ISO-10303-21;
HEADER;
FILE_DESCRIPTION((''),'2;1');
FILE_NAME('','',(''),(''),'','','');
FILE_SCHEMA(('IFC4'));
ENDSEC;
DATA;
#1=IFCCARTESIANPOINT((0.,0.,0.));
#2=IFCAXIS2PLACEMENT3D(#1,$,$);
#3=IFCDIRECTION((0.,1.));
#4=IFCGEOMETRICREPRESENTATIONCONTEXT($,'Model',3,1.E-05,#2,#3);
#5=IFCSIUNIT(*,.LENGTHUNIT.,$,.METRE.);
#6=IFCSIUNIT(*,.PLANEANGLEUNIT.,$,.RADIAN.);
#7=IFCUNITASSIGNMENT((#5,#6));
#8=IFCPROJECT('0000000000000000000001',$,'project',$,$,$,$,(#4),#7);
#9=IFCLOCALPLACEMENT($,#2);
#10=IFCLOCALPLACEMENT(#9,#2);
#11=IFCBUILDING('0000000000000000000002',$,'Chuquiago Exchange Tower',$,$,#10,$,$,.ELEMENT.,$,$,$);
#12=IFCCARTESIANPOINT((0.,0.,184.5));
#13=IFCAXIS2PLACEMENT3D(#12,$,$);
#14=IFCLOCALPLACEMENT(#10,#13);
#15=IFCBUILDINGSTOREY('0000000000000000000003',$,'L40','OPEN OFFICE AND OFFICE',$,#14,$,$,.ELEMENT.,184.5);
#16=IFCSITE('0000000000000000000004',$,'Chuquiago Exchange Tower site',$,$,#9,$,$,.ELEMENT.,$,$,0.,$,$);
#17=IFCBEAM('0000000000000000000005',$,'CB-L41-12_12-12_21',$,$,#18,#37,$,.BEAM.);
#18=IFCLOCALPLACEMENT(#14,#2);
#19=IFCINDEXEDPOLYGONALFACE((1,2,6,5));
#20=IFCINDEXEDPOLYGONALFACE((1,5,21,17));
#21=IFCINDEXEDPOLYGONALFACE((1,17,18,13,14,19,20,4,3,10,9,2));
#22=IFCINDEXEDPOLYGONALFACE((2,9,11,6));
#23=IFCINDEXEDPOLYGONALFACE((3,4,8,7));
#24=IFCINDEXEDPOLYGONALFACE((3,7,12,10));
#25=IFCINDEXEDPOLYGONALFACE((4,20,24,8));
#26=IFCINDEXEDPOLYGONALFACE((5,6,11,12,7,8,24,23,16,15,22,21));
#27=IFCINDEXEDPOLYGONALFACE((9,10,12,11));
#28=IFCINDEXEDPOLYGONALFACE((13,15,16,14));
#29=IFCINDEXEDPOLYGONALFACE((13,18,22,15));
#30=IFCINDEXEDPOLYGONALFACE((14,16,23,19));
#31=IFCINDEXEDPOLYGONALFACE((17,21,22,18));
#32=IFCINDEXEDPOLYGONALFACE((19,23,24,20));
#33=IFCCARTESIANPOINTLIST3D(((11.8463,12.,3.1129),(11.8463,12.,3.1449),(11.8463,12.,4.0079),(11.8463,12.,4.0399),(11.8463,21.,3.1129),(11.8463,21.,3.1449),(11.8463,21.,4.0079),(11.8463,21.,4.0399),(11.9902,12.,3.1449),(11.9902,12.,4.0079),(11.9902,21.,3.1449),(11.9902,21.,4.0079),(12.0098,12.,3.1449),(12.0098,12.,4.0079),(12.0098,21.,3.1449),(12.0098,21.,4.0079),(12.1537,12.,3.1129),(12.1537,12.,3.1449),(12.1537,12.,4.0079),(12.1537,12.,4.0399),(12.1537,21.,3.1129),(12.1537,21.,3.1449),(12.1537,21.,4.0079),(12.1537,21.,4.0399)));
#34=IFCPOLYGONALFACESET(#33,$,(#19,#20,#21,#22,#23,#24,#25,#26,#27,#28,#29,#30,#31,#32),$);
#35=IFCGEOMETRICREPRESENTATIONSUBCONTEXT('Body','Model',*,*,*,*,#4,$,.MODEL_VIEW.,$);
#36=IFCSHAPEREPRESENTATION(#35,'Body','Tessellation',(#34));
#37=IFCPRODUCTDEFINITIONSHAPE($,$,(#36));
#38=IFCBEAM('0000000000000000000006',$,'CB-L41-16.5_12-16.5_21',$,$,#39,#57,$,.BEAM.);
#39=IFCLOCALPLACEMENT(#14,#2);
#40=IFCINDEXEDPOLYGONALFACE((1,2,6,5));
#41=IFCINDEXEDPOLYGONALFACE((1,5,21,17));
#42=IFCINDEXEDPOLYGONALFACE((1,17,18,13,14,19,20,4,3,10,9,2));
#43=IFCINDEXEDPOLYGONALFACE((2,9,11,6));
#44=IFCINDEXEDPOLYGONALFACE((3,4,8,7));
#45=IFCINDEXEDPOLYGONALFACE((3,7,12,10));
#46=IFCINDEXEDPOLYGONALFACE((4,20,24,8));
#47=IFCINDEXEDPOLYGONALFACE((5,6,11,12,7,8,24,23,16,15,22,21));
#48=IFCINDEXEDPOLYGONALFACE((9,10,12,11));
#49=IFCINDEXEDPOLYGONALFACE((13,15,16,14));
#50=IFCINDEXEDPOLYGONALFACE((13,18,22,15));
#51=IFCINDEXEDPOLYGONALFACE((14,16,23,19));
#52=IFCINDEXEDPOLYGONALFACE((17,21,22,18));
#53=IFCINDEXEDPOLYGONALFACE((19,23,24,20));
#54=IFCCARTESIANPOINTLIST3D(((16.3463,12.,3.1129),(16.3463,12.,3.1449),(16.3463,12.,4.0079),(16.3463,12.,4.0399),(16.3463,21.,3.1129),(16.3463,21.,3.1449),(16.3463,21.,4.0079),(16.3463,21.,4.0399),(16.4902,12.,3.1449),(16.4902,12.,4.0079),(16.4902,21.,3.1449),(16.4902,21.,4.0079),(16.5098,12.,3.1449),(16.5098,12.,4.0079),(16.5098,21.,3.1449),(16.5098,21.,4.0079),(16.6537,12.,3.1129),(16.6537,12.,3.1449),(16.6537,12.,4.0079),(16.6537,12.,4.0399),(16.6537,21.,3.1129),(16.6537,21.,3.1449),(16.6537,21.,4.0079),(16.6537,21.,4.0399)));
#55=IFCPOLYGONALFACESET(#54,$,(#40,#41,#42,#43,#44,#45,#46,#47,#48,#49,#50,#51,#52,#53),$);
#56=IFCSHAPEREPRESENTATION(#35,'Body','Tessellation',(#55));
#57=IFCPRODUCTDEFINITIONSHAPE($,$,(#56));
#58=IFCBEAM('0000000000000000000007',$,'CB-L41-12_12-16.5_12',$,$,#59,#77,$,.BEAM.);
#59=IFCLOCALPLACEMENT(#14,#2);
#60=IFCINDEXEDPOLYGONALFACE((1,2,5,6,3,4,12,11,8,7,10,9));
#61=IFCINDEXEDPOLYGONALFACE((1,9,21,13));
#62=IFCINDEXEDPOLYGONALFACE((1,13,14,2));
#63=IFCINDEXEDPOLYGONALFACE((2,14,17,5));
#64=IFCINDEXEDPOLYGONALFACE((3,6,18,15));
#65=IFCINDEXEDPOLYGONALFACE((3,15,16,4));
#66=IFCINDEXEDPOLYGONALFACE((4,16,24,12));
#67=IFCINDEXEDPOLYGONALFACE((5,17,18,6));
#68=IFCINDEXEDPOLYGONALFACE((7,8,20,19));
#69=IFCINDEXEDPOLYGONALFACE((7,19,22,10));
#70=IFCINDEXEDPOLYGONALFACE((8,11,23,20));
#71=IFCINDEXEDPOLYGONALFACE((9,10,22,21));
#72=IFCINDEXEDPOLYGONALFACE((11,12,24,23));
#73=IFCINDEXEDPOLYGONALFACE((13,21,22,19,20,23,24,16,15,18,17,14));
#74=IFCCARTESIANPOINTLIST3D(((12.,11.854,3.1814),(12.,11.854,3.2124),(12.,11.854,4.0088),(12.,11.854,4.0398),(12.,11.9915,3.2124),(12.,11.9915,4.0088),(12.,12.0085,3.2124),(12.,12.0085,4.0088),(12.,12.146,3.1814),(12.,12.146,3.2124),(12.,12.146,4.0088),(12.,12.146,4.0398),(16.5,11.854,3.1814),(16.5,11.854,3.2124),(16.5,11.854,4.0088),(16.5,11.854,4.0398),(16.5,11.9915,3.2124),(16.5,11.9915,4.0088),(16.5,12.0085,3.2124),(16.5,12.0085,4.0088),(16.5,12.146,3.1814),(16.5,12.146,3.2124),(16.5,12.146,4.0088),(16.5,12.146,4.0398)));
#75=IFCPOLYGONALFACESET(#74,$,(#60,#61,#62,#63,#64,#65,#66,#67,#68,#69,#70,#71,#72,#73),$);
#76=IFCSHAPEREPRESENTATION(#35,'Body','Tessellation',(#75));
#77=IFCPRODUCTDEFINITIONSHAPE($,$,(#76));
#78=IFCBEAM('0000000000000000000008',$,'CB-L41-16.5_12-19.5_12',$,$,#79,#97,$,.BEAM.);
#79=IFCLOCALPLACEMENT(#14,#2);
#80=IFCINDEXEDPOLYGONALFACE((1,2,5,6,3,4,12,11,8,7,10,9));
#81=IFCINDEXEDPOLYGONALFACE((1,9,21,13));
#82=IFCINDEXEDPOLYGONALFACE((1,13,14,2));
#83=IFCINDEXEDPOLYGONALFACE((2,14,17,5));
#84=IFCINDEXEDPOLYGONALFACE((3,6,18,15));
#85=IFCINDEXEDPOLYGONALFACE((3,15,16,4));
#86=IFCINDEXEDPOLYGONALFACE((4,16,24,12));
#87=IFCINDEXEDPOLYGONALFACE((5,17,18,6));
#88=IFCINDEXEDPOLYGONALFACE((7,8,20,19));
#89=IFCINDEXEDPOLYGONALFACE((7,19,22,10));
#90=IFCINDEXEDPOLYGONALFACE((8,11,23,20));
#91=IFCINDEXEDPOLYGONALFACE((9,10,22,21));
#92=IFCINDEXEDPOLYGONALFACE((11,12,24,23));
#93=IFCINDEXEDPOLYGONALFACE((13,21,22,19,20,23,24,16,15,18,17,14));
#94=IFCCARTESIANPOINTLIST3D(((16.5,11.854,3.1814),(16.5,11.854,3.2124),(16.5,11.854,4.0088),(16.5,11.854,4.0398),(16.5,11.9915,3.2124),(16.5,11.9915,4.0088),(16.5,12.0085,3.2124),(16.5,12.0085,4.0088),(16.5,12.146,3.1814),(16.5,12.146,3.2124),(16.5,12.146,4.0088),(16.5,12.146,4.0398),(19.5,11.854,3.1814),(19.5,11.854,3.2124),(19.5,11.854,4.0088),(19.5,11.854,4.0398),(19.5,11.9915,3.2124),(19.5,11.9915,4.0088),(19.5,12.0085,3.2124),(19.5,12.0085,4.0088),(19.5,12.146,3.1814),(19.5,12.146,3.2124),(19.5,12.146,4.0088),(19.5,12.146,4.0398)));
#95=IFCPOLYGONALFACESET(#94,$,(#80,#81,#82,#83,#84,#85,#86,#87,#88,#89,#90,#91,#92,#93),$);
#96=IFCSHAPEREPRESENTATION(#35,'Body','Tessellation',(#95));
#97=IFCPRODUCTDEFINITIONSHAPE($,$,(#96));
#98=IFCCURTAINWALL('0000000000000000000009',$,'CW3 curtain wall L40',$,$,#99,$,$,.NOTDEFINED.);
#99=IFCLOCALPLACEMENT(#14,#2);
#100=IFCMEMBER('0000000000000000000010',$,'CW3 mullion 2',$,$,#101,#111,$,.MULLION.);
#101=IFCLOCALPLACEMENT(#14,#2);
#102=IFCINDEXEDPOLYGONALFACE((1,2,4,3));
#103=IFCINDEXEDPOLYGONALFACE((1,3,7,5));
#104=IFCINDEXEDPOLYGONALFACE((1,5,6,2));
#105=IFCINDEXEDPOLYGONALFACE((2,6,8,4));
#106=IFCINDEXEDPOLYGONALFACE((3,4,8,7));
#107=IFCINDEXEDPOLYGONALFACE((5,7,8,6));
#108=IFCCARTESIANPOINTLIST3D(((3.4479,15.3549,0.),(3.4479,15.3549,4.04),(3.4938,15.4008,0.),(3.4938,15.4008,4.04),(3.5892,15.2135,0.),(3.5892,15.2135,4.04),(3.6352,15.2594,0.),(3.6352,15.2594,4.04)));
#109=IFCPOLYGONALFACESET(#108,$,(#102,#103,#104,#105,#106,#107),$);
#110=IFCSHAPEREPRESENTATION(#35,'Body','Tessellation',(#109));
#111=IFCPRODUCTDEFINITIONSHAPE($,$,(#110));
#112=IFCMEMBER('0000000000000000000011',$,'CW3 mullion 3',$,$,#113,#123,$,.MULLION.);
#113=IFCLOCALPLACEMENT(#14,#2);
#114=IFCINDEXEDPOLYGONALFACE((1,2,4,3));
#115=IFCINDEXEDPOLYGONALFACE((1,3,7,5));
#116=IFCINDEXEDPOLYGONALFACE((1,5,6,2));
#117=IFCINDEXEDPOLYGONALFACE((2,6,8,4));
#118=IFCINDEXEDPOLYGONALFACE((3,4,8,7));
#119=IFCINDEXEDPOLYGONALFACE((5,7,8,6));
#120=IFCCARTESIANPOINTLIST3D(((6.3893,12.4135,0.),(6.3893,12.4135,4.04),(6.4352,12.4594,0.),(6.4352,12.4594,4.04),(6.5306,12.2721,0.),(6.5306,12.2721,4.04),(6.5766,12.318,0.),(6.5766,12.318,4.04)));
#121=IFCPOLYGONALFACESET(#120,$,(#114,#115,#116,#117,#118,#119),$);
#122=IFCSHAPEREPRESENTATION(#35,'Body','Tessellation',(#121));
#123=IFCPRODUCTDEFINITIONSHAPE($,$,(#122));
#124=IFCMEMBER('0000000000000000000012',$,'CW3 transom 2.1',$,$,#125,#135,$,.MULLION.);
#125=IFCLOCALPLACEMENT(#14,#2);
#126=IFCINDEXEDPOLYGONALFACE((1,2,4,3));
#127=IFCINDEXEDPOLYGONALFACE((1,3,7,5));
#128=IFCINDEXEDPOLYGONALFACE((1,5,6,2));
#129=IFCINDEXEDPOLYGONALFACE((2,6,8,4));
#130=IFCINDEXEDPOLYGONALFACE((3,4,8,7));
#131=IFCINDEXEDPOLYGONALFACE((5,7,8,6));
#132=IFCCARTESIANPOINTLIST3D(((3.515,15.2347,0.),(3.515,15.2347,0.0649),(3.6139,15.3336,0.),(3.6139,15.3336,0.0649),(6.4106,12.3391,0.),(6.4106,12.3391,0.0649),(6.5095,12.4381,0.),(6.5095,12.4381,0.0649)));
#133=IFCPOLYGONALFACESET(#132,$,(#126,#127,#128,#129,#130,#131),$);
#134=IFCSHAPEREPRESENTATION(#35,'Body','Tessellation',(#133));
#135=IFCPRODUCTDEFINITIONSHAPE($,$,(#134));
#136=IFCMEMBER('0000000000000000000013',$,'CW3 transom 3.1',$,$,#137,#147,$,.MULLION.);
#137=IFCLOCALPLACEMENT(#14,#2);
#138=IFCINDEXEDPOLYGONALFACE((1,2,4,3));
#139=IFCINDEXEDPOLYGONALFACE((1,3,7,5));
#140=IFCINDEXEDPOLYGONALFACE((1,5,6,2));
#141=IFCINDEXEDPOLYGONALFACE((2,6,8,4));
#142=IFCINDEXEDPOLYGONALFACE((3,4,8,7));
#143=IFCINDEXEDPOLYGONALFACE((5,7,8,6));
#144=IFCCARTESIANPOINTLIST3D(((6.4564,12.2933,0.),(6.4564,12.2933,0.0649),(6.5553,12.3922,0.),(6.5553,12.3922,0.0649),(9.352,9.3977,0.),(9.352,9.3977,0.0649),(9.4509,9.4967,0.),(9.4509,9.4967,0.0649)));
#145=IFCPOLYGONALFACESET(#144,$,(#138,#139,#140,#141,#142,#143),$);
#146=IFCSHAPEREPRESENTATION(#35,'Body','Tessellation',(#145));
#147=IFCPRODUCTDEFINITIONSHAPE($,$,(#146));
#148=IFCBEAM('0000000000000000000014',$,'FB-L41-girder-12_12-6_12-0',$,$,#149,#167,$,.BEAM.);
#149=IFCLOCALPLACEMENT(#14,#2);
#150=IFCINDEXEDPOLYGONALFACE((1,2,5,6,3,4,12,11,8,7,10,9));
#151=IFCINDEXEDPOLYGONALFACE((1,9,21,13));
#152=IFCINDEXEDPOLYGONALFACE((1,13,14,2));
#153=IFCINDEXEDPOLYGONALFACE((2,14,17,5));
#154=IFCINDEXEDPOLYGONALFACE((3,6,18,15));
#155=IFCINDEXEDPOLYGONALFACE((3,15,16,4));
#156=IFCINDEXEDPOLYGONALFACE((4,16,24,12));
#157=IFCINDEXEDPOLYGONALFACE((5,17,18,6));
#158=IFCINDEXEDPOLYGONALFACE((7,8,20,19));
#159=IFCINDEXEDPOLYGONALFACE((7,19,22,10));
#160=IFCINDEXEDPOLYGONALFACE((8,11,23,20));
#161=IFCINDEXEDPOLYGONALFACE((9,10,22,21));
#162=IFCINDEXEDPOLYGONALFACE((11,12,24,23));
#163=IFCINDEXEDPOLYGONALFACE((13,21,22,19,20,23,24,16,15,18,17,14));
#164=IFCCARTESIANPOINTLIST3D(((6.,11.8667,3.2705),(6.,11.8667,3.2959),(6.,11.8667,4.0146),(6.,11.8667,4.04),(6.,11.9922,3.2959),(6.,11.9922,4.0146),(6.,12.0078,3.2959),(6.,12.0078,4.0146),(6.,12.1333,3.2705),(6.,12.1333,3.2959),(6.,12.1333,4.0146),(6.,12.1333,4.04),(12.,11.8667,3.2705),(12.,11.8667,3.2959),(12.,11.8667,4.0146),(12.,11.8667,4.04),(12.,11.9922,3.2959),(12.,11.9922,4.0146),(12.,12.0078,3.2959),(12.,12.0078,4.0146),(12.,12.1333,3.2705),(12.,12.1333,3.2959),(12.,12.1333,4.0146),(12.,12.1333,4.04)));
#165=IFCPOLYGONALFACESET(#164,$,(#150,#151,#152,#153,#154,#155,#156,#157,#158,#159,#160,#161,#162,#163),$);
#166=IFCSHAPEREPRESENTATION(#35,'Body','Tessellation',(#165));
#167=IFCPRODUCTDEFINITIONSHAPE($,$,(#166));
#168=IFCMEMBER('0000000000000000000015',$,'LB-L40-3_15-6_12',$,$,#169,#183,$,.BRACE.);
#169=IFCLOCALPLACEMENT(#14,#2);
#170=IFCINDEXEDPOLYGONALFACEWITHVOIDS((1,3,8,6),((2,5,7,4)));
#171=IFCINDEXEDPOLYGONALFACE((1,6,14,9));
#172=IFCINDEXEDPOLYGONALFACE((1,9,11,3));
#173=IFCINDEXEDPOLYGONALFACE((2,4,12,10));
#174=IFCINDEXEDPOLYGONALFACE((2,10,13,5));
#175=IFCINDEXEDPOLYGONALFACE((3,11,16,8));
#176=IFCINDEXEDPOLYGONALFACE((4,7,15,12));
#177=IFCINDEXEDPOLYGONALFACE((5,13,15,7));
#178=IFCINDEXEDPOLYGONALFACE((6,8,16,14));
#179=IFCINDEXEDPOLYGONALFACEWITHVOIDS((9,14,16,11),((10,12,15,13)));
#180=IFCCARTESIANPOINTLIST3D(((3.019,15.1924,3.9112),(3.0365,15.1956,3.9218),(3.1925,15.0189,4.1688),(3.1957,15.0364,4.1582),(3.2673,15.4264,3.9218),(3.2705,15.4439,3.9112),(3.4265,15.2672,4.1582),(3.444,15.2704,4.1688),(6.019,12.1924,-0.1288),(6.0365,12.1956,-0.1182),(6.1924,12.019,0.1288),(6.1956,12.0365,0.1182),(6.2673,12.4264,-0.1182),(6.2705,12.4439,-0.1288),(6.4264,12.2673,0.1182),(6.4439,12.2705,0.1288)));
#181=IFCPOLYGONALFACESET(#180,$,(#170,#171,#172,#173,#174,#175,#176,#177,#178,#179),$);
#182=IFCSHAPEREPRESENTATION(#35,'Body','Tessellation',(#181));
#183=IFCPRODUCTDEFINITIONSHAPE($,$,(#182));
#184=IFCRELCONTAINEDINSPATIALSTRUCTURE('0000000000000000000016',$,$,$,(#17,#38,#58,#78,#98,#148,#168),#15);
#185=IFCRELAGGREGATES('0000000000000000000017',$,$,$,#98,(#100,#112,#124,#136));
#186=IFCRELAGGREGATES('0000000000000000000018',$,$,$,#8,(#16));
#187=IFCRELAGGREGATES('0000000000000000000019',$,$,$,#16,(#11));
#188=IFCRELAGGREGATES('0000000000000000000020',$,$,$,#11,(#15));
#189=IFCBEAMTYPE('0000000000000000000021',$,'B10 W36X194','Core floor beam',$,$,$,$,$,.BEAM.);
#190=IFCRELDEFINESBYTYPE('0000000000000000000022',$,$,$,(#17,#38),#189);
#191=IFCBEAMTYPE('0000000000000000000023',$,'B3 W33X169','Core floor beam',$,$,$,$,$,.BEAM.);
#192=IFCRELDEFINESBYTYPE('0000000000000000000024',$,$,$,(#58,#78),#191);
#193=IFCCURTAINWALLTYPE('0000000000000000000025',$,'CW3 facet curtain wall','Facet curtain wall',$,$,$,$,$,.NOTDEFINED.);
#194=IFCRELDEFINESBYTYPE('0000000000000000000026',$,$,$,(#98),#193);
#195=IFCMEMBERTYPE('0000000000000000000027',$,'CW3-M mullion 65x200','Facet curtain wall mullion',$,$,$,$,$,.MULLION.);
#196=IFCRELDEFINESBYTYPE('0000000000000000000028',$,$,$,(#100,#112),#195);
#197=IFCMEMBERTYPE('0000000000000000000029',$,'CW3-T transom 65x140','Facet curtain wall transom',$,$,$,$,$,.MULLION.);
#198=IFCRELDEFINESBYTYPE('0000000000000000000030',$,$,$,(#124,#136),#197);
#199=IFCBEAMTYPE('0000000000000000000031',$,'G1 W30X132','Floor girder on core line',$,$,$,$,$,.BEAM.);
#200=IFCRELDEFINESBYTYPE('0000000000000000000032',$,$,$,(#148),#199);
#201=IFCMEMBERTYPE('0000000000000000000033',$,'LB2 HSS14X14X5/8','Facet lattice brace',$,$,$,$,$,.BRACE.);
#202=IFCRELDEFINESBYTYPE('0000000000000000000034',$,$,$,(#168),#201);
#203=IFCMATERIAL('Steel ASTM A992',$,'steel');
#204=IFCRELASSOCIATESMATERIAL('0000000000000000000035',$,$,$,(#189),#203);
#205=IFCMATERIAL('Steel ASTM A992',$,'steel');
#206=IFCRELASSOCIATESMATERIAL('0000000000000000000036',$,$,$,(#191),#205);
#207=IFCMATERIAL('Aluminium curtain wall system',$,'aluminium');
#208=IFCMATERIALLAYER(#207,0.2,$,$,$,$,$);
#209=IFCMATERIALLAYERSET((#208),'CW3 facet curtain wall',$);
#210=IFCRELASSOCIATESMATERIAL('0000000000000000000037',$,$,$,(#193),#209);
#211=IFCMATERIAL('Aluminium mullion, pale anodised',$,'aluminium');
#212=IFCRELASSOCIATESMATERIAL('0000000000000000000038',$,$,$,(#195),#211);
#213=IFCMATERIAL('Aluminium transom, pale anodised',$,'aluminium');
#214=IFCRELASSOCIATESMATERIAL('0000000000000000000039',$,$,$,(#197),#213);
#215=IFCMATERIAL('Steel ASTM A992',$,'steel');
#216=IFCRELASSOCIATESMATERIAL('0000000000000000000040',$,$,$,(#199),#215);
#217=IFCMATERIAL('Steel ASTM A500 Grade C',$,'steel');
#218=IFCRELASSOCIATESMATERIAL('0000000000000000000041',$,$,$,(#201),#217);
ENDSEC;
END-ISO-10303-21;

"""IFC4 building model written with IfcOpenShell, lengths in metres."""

from ifc_helpers import new_model, si_unit, direction, frame, origin, origin_2d, place, context, subcontext, project, spatial, rectangle, hollow_rectangle, i_section, extrude, material, layer, layer_set, material_profile, profile_set, type_object, element, aggregate, save


model = new_model("IFC4")

# Units and contexts
model_context = context("Model", 3, precision=1e-05, world=origin(), true_north=direction((0.0, 1.0)))
body_context = subcontext(model_context, "Body", "Model", "MODEL_VIEW")
ifc_project = project(units=[si_unit("LENGTHUNIT", "METRE"), si_unit("PLANEANGLEUNIT", "RADIAN")], contexts=[model_context])

# Site, building, storey
site_placement = place(None, origin())
site = spatial("IfcSite", under=ifc_project, at=site_placement, Name="Chuquiago Exchange Tower site", CompositionType="ELEMENT", RefElevation=0.0)
building_placement = place(site_placement, origin())
building = spatial("IfcBuilding", under=site, at=building_placement, Name="Chuquiago Exchange Tower", CompositionType="ELEMENT")
storey_placement = place(building_placement, frame((0.0, 0.0, 184.5)))
storey = spatial("IfcBuildingStorey", under=building, at=storey_placement, Name="L40", Description="OPEN OFFICE AND OFFICE", CompositionType="ELEMENT", Elevation=184.5)

# Beams
ifc_material_1 = material(Name="Steel ASTM A992", Category="steel")
ifc_material_profile_1 = material_profile(ifc_material_1, i_section(OverallWidth=0.3074, OverallDepth=0.927, WebThickness=0.0195, FlangeThickness=0.032, at=origin_2d()), Name="W36X194")
ifc_profile_set_1 = profile_set([ifc_material_profile_1], Name="Steel ASTM A992")
beam_type_1 = type_object("IfcBeamType", Name="B10 W36X194", Description="Core floor beam", PredefinedType="BEAM", material=ifc_profile_set_1)
for number, where, z_axis, x_axis, name in (
    (1, (12.0, 12.0, 3.5764), (0.0, 1.0, 0.0), (-1.0, 0.0, 0.0), "CB-L41-12_12-12_21"),
    (2, (16.5, 12.0, 3.5764), (0.0, 1.0, 0.0), (-1.0, 0.0, 0.0), "CB-L41-16.5_12-16.5_21"),
):
    element("IfcBeam", number, at=place(storey_placement, frame(where, z_axis=z_axis, x_axis=x_axis)), inside=storey, type_object=beam_type_1, Name=name, PredefinedType="BEAM", context=body_context, shape_type="SweptSolid", body=[
        extrude(i_section(OverallWidth=0.3074, OverallDepth=0.927, WebThickness=0.0195, FlangeThickness=0.032, at=origin_2d()), origin(), (0.0, 0.0, 1.0), 9.0),
    ])
ifc_material_2 = material(Name="Steel ASTM A992", Category="steel")
ifc_material_profile_2 = material_profile(ifc_material_2, i_section(OverallWidth=0.292, OverallDepth=0.8584, WebThickness=0.0171, FlangeThickness=0.031, at=origin_2d()), Name="W33X169")
ifc_profile_set_2 = profile_set([ifc_material_profile_2], Name="Steel ASTM A992")
beam_type_2 = type_object("IfcBeamType", Name="B3 W33X169", Description="Core floor beam", PredefinedType="BEAM", material=ifc_profile_set_2)
beam_1_placement = place(storey_placement, frame((12.0, 12.0, 3.6106), z_axis=(1.0, 0.0, 0.0), x_axis=(0.0, 1.0, 0.0)))
element("IfcBeam", 3, at=beam_1_placement, inside=storey, type_object=beam_type_2, Name="CB-L41-12_12-16.5_12", PredefinedType="BEAM", context=body_context, shape_type="SweptSolid", body=[
    extrude(i_section(OverallWidth=0.292, OverallDepth=0.8584, WebThickness=0.0171, FlangeThickness=0.031, at=origin_2d()), origin(), (0.0, 0.0, 1.0), 4.5),
])
beam_2_placement = place(storey_placement, frame((16.5, 12.0, 3.6106), z_axis=(1.0, 0.0, 0.0), x_axis=(0.0, 1.0, 0.0)))
element("IfcBeam", 4, at=beam_2_placement, inside=storey, type_object=beam_type_2, Name="CB-L41-16.5_12-19.5_12", PredefinedType="BEAM", context=body_context, shape_type="SweptSolid", body=[
    extrude(i_section(OverallWidth=0.292, OverallDepth=0.8584, WebThickness=0.0171, FlangeThickness=0.031, at=origin_2d()), origin(), (0.0, 0.0, 1.0), 3.0),
])

# Curtain wall, members
ifc_material_3 = material(Name="Aluminium curtain wall system", Category="aluminium")
ifc_layer_1 = layer(ifc_material_3, 0.2)
ifc_layer_set_1 = layer_set([ifc_layer_1], Name="CW3 facet curtain wall")
curtain_wall_type = type_object("IfcCurtainWallType", Name="CW3 facet curtain wall", Description="Facet curtain wall", PredefinedType="NOTDEFINED", material=ifc_layer_set_1)
curtain_wall_placement = place(storey_placement, origin())
curtain_wall = element("IfcCurtainWall", 5, at=curtain_wall_placement, inside=storey, type_object=curtain_wall_type, Name="CW3 curtain wall L40", PredefinedType="NOTDEFINED")
ifc_material_4 = material(Name="Aluminium mullion, pale anodised", Category="aluminium")
ifc_material_profile_3 = material_profile(ifc_material_4, rectangle(XDim=0.0649, YDim=0.2, at=origin_2d()), Name="AL 65x200")
ifc_profile_set_3 = profile_set([ifc_material_profile_3], Name="Aluminium mullion, pale anodised")
member_type_1 = type_object("IfcMemberType", Name="CW3-M mullion 65x200", Description="Facet curtain wall mullion", PredefinedType="MULLION", material=ifc_profile_set_3)
member_1_placement = place(storey_placement, frame((3.5415, 15.3071, 0.0), z_axis=(0.0, 0.0, 1.0), x_axis=(0.707107, 0.707107, 0.0)))
member_1 = element("IfcMember", 6, at=member_1_placement, type_object=member_type_1, Name="CW3 mullion 2", PredefinedType="MULLION", context=body_context, shape_type="SweptSolid", body=[
    extrude(rectangle(XDim=0.0649, YDim=0.2, at=origin_2d()), origin(), (0.0, 0.0, 1.0), 4.04),
])
member_2_placement = place(storey_placement, frame((6.4829, 12.3657, 0.0), z_axis=(0.0, 0.0, 1.0), x_axis=(0.707107, 0.707107, 0.0)))
member_2 = element("IfcMember", 7, at=member_2_placement, type_object=member_type_1, Name="CW3 mullion 3", PredefinedType="MULLION", context=body_context, shape_type="SweptSolid", body=[
    extrude(rectangle(XDim=0.0649, YDim=0.2, at=origin_2d()), origin(), (0.0, 0.0, 1.0), 4.04),
])
ifc_material_5 = material(Name="Aluminium transom, pale anodised", Category="aluminium")
ifc_material_profile_4 = material_profile(ifc_material_5, rectangle(XDim=0.1399, YDim=0.0649, at=origin_2d()), Name="AL 140x65")
ifc_profile_set_4 = profile_set([ifc_material_profile_4], Name="Aluminium transom, pale anodised")
member_type_2 = type_object("IfcMemberType", Name="CW3-T transom 65x140", Description="Facet curtain wall transom", PredefinedType="MULLION", material=ifc_profile_set_4)
member_3_placement = place(storey_placement, frame((3.5645, 15.2842, 0.0325), z_axis=(0.707107, -0.707107, 0.0), x_axis=(0.707107, 0.707107, 0.0)))
member_3 = element("IfcMember", 8, at=member_3_placement, type_object=member_type_2, Name="CW3 transom 2.1", PredefinedType="MULLION", context=body_context, shape_type="SweptSolid", body=[
    extrude(rectangle(XDim=0.1399, YDim=0.0649, at=origin_2d()), origin(), (0.0, 0.0, 1.0), 4.095),
])
member_4_placement = place(storey_placement, frame((6.5059, 12.3428, 0.0325), z_axis=(0.707107, -0.707107, 0.0), x_axis=(0.707107, 0.707107, 0.0)))
member_4 = element("IfcMember", 9, at=member_4_placement, type_object=member_type_2, Name="CW3 transom 3.1", PredefinedType="MULLION", context=body_context, shape_type="SweptSolid", body=[
    extrude(rectangle(XDim=0.1399, YDim=0.0649, at=origin_2d()), origin(), (0.0, 0.0, 1.0), 4.095),
])

# Beam
ifc_material_6 = material(Name="Steel ASTM A992", Category="steel")
ifc_material_profile_5 = material_profile(ifc_material_6, i_section(OverallWidth=0.2666, OverallDepth=0.7695, WebThickness=0.0156, FlangeThickness=0.0254, at=origin_2d()), Name="W30X132")
ifc_profile_set_5 = profile_set([ifc_material_profile_5], Name="Steel ASTM A992")
beam_type_3 = type_object("IfcBeamType", Name="G1 W30X132", Description="Floor girder on core line", PredefinedType="BEAM", material=ifc_profile_set_5)
beam_3_placement = place(storey_placement, frame((12.0, 12.0, 3.6553), z_axis=(-1.0, 0.0, 0.0), x_axis=(0.0, -1.0, 0.0)))
element("IfcBeam", 10, at=beam_3_placement, inside=storey, type_object=beam_type_3, Name="FB-L41-girder-12_12-6_12-0", PredefinedType="BEAM", context=body_context, shape_type="SweptSolid", body=[
    extrude(i_section(OverallWidth=0.2666, OverallDepth=0.7695, WebThickness=0.0156, FlangeThickness=0.0254, at=origin_2d()), origin(), (0.0, 0.0, 1.0), 6.0),
])

# Member
ifc_material_7 = material(Name="Steel ASTM A500 Grade C", Category="steel")
ifc_material_profile_6 = material_profile(ifc_material_7, hollow_rectangle(XDim=0.3557, YDim=0.3557, WallThickness=0.0146, at=origin_2d()), Name="HSS14X14X5/8")
ifc_profile_set_6 = profile_set([ifc_material_profile_6], Name="Steel ASTM A500 Grade C")
member_type_3 = type_object("IfcMemberType", Name="LB2 HSS14X14X5/8", Description="Facet lattice brace", PredefinedType="BRACE", material=ifc_profile_set_6)
for number, where, z_axis, x_axis, name in (
    (11, (6.2314, 12.2314, 0.0), (-0.512077, 0.512077, 0.689604), (-0.707107, -0.707107, 0.0), "LB-L40-3_15-6_12"),
):
    element("IfcMember", number, at=place(storey_placement, frame(where, z_axis=z_axis, x_axis=x_axis)), inside=storey, type_object=member_type_3, Name=name, PredefinedType="BRACE", context=body_context, shape_type="SweptSolid", body=[
        extrude(hollow_rectangle(XDim=0.3557, YDim=0.3557, WallThickness=0.0146, at=origin_2d()), origin(), (0.0, 0.0, 1.0), 5.8584),
    ])

aggregate(curtain_wall, [member_1, member_2, member_3, member_4])

save(model, "model.ifc")
